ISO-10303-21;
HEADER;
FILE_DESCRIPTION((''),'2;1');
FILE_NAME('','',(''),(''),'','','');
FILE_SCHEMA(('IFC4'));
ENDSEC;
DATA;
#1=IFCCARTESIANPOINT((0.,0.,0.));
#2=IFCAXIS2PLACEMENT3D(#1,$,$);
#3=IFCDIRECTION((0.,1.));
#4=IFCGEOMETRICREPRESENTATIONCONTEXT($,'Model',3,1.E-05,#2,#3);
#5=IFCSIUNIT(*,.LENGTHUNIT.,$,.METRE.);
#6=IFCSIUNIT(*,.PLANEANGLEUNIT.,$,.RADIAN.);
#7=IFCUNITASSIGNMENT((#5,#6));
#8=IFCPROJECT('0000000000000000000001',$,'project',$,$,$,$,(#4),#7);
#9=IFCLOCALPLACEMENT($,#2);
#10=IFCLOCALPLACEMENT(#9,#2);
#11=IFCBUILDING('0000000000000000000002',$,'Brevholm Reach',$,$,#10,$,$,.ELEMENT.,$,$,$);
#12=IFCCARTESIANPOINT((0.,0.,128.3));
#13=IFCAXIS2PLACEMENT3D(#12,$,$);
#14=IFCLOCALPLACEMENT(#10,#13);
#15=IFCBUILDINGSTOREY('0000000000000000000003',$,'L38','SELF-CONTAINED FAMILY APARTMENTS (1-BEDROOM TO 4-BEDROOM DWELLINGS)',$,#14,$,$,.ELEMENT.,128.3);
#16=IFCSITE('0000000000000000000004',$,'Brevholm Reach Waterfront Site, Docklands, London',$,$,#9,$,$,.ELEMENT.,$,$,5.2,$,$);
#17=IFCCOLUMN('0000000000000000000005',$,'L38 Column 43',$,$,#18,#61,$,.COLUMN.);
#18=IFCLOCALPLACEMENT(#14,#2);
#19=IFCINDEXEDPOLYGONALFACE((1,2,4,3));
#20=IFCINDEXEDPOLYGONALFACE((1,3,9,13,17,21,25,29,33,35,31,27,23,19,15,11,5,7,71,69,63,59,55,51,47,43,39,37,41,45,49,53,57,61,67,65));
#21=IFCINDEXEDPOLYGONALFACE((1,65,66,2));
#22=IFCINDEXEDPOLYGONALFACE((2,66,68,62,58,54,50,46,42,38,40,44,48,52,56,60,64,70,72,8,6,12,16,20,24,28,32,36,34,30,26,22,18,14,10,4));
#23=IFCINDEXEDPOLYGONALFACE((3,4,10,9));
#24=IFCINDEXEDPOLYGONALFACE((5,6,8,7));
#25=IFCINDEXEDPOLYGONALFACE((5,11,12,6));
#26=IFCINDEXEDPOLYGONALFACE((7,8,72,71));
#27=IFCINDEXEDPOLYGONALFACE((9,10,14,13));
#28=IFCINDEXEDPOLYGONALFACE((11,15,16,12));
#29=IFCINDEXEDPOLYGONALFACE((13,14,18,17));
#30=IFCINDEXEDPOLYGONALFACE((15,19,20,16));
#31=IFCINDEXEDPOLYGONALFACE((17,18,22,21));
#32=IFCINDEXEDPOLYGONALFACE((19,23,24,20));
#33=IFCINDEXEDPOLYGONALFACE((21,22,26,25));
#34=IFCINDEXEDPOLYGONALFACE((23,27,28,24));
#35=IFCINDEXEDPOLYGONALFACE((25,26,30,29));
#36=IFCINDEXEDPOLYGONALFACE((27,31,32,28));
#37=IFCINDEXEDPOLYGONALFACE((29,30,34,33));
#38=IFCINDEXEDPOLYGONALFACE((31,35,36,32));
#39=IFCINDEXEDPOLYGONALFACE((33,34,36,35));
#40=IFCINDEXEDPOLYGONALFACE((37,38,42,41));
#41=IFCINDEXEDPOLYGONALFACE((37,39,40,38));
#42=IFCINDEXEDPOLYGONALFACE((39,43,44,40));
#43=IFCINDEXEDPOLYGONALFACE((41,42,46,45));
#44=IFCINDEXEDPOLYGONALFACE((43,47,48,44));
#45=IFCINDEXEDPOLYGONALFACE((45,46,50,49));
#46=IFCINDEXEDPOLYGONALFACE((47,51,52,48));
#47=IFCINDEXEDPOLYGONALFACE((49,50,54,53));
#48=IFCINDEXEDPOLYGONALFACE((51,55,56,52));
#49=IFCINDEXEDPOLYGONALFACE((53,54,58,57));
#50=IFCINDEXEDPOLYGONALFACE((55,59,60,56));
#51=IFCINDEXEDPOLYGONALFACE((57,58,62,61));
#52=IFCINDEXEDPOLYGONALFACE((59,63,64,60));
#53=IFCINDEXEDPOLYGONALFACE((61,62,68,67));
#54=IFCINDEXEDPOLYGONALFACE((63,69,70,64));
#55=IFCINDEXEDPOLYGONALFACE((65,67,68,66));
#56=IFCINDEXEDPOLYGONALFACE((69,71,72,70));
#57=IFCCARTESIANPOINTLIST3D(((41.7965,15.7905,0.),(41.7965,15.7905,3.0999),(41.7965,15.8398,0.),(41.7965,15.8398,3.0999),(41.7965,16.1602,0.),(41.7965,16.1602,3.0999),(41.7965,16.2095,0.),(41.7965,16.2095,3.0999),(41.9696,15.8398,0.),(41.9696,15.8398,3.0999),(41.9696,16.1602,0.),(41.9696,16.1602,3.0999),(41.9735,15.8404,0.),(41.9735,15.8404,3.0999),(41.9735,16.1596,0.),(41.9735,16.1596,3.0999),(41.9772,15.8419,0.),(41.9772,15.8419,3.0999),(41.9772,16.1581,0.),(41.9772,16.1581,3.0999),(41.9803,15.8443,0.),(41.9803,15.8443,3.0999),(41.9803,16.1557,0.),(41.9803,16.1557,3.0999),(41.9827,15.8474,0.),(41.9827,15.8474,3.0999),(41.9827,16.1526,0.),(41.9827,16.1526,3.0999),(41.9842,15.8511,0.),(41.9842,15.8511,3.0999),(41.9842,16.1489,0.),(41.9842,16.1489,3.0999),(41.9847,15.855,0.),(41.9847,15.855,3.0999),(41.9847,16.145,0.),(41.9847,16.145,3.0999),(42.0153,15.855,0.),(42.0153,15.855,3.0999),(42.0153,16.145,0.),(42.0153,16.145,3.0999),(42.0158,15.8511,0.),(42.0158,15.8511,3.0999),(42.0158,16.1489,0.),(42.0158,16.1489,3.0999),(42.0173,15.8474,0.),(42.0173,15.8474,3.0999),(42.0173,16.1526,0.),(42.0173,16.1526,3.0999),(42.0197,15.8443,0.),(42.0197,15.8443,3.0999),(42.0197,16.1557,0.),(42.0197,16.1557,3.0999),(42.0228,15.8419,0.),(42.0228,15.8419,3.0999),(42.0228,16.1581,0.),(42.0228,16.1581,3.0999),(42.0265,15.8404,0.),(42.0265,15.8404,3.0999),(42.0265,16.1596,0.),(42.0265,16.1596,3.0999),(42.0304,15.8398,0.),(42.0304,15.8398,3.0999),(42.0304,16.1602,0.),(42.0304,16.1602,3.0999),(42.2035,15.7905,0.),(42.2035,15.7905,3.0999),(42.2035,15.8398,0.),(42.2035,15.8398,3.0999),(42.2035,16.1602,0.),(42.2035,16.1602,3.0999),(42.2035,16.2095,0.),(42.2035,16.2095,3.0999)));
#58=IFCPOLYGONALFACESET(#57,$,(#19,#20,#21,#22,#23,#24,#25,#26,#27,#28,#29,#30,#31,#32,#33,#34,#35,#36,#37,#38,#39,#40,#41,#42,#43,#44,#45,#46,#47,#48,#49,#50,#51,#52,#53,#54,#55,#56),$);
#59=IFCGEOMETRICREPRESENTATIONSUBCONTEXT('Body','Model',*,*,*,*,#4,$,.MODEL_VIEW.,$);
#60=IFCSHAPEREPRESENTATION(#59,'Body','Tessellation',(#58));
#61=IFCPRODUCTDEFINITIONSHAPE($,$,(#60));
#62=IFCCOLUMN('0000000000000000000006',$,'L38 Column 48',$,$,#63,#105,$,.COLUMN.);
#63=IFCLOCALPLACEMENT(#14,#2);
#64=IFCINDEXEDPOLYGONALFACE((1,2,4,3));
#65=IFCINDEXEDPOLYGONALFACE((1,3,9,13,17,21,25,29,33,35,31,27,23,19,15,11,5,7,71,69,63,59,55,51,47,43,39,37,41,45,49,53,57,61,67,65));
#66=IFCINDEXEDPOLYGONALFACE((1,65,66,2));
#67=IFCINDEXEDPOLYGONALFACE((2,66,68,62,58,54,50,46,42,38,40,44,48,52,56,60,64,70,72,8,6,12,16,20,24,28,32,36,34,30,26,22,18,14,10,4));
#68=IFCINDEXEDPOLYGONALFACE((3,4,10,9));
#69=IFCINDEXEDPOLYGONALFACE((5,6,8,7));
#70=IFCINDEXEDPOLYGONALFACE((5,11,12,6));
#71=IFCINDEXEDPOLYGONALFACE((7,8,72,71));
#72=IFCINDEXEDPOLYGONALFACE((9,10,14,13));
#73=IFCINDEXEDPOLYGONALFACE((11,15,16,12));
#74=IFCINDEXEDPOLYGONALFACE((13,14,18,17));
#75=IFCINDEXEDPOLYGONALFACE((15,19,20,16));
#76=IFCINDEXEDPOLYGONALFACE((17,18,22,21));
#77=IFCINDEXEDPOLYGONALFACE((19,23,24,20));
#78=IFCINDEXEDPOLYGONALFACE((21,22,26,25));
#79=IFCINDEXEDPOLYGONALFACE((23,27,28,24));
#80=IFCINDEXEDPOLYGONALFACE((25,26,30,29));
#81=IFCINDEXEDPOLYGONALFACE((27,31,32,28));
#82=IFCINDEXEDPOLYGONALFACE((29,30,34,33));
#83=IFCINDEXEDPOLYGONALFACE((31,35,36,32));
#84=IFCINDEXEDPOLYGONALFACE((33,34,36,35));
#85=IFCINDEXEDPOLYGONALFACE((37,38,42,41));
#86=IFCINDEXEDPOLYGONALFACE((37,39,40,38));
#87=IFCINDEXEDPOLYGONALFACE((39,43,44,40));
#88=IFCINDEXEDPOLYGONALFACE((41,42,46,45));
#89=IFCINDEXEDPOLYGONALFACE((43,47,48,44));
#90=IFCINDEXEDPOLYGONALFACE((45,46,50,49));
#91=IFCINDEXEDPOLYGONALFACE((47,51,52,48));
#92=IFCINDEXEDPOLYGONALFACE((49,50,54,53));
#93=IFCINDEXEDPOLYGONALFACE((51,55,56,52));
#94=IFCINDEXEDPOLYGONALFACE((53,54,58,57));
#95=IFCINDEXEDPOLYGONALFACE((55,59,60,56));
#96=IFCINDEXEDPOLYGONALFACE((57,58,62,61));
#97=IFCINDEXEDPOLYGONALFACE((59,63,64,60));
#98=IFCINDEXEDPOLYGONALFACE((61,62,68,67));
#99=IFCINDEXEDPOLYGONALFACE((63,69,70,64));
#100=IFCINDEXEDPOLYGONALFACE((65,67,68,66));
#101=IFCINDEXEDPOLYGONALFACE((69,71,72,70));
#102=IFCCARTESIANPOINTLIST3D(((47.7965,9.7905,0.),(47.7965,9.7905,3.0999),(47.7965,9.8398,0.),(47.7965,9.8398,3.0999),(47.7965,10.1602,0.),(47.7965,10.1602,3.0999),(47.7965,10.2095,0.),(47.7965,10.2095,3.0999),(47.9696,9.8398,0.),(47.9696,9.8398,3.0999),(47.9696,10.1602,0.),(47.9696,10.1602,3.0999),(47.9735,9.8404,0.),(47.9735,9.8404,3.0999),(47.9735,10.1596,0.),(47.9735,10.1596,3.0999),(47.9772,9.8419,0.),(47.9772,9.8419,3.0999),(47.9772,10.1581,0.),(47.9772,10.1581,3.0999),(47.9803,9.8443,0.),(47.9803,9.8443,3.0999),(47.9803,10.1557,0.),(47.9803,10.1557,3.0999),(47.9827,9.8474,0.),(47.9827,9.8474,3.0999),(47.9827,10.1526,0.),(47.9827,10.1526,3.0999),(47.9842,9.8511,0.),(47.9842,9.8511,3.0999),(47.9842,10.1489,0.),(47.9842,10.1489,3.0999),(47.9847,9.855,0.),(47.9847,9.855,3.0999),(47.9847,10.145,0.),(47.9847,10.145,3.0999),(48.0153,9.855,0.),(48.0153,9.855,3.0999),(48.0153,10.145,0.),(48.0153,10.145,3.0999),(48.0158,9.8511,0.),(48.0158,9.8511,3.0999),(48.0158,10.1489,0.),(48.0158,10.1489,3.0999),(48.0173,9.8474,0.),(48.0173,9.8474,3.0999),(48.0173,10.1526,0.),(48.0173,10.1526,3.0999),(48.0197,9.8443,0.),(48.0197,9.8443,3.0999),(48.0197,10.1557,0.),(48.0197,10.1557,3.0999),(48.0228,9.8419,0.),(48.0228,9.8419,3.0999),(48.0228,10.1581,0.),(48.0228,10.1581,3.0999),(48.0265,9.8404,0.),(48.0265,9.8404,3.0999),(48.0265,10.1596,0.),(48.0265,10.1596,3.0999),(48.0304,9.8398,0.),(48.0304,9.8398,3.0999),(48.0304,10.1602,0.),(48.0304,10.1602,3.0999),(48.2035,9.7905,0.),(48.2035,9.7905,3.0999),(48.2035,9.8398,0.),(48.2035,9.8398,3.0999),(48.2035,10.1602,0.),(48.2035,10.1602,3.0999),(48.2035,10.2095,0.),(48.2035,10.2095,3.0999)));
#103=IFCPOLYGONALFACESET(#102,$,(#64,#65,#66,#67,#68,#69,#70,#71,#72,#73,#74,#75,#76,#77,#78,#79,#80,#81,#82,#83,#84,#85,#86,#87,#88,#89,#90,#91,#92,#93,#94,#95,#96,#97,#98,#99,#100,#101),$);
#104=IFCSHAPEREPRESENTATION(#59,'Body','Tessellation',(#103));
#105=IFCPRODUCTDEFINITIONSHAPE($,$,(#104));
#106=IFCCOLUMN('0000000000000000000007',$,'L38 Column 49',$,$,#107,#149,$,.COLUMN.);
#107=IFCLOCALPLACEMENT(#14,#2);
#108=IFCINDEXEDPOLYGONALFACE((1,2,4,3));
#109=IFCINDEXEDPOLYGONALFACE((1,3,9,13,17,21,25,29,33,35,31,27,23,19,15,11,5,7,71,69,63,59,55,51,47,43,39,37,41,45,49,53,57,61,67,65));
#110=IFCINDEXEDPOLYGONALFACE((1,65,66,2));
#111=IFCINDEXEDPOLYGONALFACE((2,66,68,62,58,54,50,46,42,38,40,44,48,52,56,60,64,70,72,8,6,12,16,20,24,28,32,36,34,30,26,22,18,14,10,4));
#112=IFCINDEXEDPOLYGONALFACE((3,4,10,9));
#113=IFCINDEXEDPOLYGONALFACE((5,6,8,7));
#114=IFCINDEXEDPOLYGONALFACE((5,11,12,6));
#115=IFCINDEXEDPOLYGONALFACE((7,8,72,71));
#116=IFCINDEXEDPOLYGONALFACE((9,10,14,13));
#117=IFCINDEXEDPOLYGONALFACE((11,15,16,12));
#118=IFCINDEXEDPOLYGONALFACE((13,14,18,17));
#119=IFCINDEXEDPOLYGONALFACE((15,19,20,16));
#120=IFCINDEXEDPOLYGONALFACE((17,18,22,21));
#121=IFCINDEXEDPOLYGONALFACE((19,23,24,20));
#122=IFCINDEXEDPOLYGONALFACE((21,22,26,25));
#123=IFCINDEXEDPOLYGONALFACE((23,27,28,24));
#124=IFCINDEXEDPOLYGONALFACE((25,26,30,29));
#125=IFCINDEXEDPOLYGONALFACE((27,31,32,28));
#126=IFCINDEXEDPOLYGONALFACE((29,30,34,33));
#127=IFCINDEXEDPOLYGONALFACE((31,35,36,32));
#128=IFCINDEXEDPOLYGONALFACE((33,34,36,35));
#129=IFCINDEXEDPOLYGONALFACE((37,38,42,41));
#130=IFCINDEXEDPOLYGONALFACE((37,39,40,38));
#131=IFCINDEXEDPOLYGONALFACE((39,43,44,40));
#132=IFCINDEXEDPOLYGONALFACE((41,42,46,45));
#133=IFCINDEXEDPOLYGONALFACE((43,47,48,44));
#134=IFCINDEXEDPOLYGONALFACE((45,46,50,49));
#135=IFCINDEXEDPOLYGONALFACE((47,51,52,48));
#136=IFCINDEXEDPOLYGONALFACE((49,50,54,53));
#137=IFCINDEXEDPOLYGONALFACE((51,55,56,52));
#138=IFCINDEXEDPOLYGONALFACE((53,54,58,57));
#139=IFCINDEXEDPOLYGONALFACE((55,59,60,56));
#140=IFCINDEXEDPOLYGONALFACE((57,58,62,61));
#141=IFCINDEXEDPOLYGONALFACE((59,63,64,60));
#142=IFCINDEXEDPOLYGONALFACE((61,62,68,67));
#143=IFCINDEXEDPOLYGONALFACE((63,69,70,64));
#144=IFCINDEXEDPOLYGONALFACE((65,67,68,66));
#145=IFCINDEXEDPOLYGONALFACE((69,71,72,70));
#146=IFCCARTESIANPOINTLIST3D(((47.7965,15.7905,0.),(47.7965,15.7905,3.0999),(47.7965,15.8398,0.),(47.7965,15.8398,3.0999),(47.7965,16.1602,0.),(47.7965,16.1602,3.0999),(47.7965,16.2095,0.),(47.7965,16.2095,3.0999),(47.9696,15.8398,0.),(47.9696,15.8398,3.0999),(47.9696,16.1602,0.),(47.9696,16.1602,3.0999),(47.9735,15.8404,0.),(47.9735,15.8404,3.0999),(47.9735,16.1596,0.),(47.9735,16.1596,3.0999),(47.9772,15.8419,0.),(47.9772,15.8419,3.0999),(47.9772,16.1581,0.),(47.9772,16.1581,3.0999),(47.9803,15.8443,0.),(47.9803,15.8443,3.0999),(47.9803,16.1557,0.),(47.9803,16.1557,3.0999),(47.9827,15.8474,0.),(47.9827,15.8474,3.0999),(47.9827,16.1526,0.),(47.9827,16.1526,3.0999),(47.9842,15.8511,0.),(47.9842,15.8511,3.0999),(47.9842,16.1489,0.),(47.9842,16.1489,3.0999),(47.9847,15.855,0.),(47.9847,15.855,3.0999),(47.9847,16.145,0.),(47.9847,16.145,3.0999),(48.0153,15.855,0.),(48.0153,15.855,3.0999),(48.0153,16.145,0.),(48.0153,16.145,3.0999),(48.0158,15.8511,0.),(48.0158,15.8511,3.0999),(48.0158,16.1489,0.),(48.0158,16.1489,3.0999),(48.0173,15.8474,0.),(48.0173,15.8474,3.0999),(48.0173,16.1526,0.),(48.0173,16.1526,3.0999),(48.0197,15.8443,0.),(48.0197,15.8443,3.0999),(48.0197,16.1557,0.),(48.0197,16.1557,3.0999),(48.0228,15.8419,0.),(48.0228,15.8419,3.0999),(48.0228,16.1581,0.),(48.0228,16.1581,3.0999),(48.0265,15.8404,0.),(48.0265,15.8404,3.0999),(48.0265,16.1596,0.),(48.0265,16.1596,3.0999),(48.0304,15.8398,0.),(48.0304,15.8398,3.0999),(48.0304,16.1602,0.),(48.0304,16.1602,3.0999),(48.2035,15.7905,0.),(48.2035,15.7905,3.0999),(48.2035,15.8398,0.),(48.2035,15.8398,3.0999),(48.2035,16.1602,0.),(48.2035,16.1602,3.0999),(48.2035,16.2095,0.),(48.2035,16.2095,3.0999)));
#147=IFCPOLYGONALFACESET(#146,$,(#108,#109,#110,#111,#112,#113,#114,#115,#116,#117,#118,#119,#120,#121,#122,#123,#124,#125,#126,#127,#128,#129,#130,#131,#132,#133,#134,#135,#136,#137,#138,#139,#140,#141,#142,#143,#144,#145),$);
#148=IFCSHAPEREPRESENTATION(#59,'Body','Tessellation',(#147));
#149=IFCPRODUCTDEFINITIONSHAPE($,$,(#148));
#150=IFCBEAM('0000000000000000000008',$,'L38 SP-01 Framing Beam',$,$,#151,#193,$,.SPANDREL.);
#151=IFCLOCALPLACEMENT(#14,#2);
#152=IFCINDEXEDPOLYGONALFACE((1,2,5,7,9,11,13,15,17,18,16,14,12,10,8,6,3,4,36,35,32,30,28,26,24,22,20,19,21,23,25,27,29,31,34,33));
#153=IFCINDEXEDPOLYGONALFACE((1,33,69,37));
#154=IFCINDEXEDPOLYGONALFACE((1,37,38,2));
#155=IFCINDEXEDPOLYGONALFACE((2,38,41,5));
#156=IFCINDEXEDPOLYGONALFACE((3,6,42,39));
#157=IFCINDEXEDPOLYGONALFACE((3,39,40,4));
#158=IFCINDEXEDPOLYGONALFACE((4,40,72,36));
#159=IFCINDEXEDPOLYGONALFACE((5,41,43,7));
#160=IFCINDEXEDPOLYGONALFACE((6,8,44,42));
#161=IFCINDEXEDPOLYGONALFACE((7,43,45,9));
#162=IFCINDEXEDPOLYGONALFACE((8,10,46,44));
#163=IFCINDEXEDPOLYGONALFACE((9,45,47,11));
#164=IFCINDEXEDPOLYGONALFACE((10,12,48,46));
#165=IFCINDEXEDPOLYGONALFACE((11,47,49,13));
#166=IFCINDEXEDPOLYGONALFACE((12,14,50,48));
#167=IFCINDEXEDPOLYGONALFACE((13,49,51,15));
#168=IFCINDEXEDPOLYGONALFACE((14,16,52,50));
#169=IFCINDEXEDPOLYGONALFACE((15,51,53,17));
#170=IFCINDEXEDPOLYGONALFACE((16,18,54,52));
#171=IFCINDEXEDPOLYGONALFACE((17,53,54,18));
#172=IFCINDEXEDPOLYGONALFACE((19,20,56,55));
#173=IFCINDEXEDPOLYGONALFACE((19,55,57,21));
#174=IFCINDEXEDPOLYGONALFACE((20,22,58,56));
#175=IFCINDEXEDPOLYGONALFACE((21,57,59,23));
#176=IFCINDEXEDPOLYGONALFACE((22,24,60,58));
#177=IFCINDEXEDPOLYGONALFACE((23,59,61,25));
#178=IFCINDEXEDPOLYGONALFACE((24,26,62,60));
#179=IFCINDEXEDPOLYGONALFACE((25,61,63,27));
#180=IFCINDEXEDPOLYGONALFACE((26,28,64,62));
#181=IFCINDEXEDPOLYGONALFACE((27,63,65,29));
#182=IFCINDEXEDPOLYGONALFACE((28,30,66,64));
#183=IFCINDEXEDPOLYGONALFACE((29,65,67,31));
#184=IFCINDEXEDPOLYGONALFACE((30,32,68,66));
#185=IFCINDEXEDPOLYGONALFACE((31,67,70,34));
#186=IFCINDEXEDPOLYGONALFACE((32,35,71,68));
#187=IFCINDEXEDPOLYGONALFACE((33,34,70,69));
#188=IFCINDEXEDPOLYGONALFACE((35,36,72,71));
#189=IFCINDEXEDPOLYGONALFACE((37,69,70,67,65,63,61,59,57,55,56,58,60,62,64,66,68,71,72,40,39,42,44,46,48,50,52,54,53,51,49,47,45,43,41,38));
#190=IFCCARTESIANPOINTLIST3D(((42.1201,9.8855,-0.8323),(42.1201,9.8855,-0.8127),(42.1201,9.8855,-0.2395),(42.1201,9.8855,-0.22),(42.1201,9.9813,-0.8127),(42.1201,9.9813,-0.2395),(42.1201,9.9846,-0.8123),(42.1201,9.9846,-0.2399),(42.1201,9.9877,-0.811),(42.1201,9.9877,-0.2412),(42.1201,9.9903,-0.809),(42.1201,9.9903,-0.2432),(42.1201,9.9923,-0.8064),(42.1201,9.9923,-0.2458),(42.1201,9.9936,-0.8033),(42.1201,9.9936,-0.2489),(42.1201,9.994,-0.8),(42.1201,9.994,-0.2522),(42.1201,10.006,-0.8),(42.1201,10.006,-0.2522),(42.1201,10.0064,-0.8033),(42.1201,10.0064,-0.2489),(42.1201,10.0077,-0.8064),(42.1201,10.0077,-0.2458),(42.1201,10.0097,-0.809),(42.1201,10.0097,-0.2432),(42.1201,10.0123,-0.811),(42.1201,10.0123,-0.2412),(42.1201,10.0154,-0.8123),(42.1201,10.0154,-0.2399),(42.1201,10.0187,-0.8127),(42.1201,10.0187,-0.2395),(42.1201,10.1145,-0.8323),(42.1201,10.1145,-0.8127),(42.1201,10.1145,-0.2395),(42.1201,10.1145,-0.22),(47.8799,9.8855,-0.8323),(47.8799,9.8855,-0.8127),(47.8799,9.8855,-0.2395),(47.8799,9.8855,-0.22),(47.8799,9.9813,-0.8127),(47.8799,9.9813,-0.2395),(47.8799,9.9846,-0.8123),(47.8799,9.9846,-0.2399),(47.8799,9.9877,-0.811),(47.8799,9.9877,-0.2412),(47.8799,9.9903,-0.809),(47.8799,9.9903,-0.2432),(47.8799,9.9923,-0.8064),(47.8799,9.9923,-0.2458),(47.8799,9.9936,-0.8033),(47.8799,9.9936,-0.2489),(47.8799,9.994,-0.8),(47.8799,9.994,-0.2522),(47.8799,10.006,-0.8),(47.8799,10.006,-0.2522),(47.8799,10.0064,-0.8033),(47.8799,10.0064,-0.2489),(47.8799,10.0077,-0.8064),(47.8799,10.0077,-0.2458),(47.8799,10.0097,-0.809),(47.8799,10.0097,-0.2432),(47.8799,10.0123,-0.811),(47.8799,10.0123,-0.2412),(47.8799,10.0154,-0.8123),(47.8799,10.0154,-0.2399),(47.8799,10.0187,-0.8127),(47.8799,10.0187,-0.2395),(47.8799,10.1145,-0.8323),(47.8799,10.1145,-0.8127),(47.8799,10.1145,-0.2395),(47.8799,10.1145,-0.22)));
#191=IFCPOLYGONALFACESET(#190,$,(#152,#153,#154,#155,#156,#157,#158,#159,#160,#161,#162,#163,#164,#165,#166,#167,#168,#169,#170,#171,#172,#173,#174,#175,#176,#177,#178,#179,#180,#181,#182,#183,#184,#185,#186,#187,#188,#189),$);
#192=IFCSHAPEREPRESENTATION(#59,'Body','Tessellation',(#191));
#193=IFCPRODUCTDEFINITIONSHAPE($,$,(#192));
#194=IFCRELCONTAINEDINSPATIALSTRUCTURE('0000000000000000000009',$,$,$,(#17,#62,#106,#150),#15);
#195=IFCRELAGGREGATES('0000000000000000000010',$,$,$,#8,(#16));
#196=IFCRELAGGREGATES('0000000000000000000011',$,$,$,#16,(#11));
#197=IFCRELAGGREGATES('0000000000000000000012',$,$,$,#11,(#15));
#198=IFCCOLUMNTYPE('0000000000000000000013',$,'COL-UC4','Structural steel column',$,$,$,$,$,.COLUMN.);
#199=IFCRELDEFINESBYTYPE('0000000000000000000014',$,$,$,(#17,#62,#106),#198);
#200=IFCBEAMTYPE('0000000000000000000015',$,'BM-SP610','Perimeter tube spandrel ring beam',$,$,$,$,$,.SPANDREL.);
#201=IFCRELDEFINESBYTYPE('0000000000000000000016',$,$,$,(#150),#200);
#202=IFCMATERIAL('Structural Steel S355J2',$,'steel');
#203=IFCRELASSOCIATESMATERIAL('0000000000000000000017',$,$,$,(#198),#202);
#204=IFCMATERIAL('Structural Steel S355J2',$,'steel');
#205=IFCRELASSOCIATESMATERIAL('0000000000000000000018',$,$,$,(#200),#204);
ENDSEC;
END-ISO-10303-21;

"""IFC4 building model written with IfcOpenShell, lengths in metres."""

from ifc_helpers import new_model, si_unit, direction, frame, origin, origin_2d, place, context, subcontext, project, spatial, i_section, extrude, material, material_profile, profile_set, type_object, element, save


model = new_model("IFC4")

# Units and contexts
model_context = context("Model", 3, precision=1e-05, world=origin(), true_north=direction((0.0, 1.0)))
body_context = subcontext(model_context, "Body", "Model", "MODEL_VIEW")
ifc_project = project(units=[si_unit("LENGTHUNIT", "METRE"), si_unit("PLANEANGLEUNIT", "RADIAN")], contexts=[model_context])

# Site, building, storey
site_placement = place(None, origin())
site = spatial("IfcSite", under=ifc_project, at=site_placement, Name="Brevholm Reach Waterfront Site, Docklands, London", CompositionType="ELEMENT", RefElevation=5.2)
building_placement = place(site_placement, origin())
building = spatial("IfcBuilding", under=site, at=building_placement, Name="Brevholm Reach", CompositionType="ELEMENT")
storey_placement = place(building_placement, frame((0.0, 0.0, 128.3)))
storey = spatial("IfcBuildingStorey", under=building, at=storey_placement, Name="L38", Description="SELF-CONTAINED FAMILY APARTMENTS (1-BEDROOM TO 4-BEDROOM DWELLINGS)", CompositionType="ELEMENT", Elevation=128.3)

# Columns
ifc_material_1 = material(Name="Structural Steel S355J2", Category="steel")
ifc_material_profile_1 = material_profile(ifc_material_1, i_section(OverallWidth=0.407, OverallDepth=0.4189, WebThickness=0.0305, FlangeThickness=0.0493, FilletRadius=0.0151, at=origin_2d()), Name="UKC 356x406x393")
ifc_profile_set_1 = profile_set([ifc_material_profile_1], Name="Structural Steel S355J2")
column_type = type_object("IfcColumnType", Name="COL-UC4", Description="Structural steel column", PredefinedType="COLUMN", material=ifc_profile_set_1)
for number, where, z_axis, x_axis, name in (
    (1, (42.0, 16.0, 0.0), (0.0, 0.0, 1.0), (1.0, 0.0, 0.0), "L38 Column 43"),
    (2, (48.0, 10.0, 0.0), (0.0, 0.0, 1.0), (1.0, 0.0, 0.0), "L38 Column 48"),
    (3, (48.0, 16.0, 0.0), (0.0, 0.0, 1.0), (1.0, 0.0, 0.0), "L38 Column 49"),
):
    element("IfcColumn", number, at=place(storey_placement, frame(where, z_axis=z_axis, x_axis=x_axis)), inside=storey, type_object=column_type, Name=name, PredefinedType="COLUMN", context=body_context, shape_type="SweptSolid", body=[
        extrude(i_section(OverallWidth=0.407, OverallDepth=0.4189, WebThickness=0.0305, FlangeThickness=0.0493, FilletRadius=0.0151, at=origin_2d()), origin(), (0.0, 0.0, 1.0), 3.0999),
    ])

# Beam
ifc_material_2 = material(Name="Structural Steel S355J2", Category="steel")
ifc_material_profile_2 = material_profile(ifc_material_2, i_section(OverallWidth=0.229, OverallDepth=0.6123, WebThickness=0.012, FlangeThickness=0.0195, FilletRadius=0.0127, at=origin_2d()), Name="UKB 610x229x125")
ifc_profile_set_2 = profile_set([ifc_material_profile_2], Name="Structural Steel S355J2")
beam_type = type_object("IfcBeamType", Name="BM-SP610", Description="Perimeter tube spandrel ring beam", PredefinedType="SPANDREL", material=ifc_profile_set_2)
for number, where, z_axis, x_axis, name in (
    (4, (42.1201, 10.0, -0.5261), (1.0, 0.0, 0.0), (0.0, 1.0, 0.0), "L38 SP-01 Framing Beam"),
):
    element("IfcBeam", number, at=place(storey_placement, frame(where, z_axis=z_axis, x_axis=x_axis)), inside=storey, type_object=beam_type, Name=name, PredefinedType="SPANDREL", context=body_context, shape_type="SweptSolid", body=[
        extrude(i_section(OverallWidth=0.229, OverallDepth=0.6123, WebThickness=0.012, FlangeThickness=0.0195, FilletRadius=0.0127, at=origin_2d()), origin(), (0.0, 0.0, 1.0), 5.7598),
    ])

save(model, "model.ifc")
